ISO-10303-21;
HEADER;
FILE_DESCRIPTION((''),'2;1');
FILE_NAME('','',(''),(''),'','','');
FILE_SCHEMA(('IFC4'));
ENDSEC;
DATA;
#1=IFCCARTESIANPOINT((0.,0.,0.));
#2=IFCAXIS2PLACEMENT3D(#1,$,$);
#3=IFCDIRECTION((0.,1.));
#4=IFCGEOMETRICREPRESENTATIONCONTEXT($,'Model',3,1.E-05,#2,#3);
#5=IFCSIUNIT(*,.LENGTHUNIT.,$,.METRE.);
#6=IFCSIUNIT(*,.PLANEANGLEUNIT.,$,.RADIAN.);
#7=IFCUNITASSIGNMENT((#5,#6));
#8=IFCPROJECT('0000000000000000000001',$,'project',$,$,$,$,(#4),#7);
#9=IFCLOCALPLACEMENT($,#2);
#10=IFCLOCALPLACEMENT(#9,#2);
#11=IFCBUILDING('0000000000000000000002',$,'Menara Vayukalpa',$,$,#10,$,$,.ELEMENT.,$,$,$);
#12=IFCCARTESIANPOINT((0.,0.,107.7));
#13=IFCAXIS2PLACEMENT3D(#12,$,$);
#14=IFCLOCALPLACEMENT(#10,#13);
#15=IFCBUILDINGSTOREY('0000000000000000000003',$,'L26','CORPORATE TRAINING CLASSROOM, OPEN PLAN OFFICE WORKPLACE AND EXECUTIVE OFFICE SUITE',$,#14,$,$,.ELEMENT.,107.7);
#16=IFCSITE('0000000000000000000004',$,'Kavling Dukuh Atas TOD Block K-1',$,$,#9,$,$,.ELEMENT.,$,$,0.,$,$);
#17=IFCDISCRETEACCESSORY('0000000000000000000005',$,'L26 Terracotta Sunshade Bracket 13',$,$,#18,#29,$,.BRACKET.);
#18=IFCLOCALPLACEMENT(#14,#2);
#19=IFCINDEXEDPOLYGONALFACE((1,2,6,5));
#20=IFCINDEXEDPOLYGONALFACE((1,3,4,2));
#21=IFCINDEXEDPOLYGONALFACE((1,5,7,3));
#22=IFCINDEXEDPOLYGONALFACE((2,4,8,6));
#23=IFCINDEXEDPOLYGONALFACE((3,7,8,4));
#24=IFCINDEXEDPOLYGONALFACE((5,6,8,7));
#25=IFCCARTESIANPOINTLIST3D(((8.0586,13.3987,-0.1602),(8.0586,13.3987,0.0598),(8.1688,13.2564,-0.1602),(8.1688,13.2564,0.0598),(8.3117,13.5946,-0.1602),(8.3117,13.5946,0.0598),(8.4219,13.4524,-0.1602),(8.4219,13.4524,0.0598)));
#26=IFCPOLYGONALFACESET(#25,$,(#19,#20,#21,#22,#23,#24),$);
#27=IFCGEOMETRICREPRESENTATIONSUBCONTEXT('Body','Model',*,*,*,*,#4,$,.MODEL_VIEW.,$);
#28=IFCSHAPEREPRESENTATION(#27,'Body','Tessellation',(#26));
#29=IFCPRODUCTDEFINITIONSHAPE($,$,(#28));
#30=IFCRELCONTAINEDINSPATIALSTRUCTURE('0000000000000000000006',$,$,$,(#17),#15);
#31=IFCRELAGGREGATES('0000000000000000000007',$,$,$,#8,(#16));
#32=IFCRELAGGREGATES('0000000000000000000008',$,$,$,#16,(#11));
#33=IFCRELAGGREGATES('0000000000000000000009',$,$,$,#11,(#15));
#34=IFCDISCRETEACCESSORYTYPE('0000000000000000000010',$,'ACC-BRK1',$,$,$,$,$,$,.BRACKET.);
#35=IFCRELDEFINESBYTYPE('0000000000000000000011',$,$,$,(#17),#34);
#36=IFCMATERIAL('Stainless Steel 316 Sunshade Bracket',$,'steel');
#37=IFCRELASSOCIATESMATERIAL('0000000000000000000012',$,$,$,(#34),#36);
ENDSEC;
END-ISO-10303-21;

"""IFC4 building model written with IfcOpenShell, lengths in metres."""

from ifc_helpers import new_model, si_unit, direction, frame, origin, origin_2d, place, context, subcontext, project, spatial, rectangle, extrude, material, type_object, element, save


model = new_model("IFC4")

# Units and contexts
model_context = context("Model", 3, precision=1e-05, world=origin(), true_north=direction((0.0, 1.0)))
body_context = subcontext(model_context, "Body", "Model", "MODEL_VIEW")
ifc_project = project(units=[si_unit("LENGTHUNIT", "METRE"), si_unit("PLANEANGLEUNIT", "RADIAN")], contexts=[model_context])

# Site, building, storey
site_placement = place(None, origin())
site = spatial("IfcSite", under=ifc_project, at=site_placement, Name="Kavling Dukuh Atas TOD Block K-1", CompositionType="ELEMENT", RefElevation=0.0)
building_placement = place(site_placement, origin())
building = spatial("IfcBuilding", under=site, at=building_placement, Name="Menara Vayukalpa", CompositionType="ELEMENT")
storey_placement = place(building_placement, frame((0.0, 0.0, 107.7)))
storey = spatial("IfcBuildingStorey", under=building, at=storey_placement, Name="L26", Description="CORPORATE TRAINING CLASSROOM, OPEN PLAN OFFICE WORKPLACE AND EXECUTIVE OFFICE SUITE", CompositionType="ELEMENT", Elevation=107.7)

# Discrete accessory
ifc_material_1 = material(Name="Stainless Steel 316 Sunshade Bracket", Category="steel")
discrete_accessory_type = type_object("IfcDiscreteAccessoryType", Name="ACC-BRK1", PredefinedType="BRACKET", material=ifc_material_1)
discrete_accessory_placement = place(storey_placement, frame((8.2402, 13.4255, -0.1602), z_axis=(0.0, 0.0, 1.0), x_axis=(0.61219, -0.790711, 0.0)))
element("IfcDiscreteAccessory", 1, at=discrete_accessory_placement, inside=storey, type_object=discrete_accessory_type, Name="L26 Terracotta Sunshade Bracket 13", PredefinedType="BRACKET", context=body_context, shape_type="SweptSolid", body=[
    extrude(rectangle(XDim=0.1799, YDim=0.3201, at=origin_2d()), origin(), (0.0, 0.0, 1.0), 0.22),
])

save(model, "model.ifc")
